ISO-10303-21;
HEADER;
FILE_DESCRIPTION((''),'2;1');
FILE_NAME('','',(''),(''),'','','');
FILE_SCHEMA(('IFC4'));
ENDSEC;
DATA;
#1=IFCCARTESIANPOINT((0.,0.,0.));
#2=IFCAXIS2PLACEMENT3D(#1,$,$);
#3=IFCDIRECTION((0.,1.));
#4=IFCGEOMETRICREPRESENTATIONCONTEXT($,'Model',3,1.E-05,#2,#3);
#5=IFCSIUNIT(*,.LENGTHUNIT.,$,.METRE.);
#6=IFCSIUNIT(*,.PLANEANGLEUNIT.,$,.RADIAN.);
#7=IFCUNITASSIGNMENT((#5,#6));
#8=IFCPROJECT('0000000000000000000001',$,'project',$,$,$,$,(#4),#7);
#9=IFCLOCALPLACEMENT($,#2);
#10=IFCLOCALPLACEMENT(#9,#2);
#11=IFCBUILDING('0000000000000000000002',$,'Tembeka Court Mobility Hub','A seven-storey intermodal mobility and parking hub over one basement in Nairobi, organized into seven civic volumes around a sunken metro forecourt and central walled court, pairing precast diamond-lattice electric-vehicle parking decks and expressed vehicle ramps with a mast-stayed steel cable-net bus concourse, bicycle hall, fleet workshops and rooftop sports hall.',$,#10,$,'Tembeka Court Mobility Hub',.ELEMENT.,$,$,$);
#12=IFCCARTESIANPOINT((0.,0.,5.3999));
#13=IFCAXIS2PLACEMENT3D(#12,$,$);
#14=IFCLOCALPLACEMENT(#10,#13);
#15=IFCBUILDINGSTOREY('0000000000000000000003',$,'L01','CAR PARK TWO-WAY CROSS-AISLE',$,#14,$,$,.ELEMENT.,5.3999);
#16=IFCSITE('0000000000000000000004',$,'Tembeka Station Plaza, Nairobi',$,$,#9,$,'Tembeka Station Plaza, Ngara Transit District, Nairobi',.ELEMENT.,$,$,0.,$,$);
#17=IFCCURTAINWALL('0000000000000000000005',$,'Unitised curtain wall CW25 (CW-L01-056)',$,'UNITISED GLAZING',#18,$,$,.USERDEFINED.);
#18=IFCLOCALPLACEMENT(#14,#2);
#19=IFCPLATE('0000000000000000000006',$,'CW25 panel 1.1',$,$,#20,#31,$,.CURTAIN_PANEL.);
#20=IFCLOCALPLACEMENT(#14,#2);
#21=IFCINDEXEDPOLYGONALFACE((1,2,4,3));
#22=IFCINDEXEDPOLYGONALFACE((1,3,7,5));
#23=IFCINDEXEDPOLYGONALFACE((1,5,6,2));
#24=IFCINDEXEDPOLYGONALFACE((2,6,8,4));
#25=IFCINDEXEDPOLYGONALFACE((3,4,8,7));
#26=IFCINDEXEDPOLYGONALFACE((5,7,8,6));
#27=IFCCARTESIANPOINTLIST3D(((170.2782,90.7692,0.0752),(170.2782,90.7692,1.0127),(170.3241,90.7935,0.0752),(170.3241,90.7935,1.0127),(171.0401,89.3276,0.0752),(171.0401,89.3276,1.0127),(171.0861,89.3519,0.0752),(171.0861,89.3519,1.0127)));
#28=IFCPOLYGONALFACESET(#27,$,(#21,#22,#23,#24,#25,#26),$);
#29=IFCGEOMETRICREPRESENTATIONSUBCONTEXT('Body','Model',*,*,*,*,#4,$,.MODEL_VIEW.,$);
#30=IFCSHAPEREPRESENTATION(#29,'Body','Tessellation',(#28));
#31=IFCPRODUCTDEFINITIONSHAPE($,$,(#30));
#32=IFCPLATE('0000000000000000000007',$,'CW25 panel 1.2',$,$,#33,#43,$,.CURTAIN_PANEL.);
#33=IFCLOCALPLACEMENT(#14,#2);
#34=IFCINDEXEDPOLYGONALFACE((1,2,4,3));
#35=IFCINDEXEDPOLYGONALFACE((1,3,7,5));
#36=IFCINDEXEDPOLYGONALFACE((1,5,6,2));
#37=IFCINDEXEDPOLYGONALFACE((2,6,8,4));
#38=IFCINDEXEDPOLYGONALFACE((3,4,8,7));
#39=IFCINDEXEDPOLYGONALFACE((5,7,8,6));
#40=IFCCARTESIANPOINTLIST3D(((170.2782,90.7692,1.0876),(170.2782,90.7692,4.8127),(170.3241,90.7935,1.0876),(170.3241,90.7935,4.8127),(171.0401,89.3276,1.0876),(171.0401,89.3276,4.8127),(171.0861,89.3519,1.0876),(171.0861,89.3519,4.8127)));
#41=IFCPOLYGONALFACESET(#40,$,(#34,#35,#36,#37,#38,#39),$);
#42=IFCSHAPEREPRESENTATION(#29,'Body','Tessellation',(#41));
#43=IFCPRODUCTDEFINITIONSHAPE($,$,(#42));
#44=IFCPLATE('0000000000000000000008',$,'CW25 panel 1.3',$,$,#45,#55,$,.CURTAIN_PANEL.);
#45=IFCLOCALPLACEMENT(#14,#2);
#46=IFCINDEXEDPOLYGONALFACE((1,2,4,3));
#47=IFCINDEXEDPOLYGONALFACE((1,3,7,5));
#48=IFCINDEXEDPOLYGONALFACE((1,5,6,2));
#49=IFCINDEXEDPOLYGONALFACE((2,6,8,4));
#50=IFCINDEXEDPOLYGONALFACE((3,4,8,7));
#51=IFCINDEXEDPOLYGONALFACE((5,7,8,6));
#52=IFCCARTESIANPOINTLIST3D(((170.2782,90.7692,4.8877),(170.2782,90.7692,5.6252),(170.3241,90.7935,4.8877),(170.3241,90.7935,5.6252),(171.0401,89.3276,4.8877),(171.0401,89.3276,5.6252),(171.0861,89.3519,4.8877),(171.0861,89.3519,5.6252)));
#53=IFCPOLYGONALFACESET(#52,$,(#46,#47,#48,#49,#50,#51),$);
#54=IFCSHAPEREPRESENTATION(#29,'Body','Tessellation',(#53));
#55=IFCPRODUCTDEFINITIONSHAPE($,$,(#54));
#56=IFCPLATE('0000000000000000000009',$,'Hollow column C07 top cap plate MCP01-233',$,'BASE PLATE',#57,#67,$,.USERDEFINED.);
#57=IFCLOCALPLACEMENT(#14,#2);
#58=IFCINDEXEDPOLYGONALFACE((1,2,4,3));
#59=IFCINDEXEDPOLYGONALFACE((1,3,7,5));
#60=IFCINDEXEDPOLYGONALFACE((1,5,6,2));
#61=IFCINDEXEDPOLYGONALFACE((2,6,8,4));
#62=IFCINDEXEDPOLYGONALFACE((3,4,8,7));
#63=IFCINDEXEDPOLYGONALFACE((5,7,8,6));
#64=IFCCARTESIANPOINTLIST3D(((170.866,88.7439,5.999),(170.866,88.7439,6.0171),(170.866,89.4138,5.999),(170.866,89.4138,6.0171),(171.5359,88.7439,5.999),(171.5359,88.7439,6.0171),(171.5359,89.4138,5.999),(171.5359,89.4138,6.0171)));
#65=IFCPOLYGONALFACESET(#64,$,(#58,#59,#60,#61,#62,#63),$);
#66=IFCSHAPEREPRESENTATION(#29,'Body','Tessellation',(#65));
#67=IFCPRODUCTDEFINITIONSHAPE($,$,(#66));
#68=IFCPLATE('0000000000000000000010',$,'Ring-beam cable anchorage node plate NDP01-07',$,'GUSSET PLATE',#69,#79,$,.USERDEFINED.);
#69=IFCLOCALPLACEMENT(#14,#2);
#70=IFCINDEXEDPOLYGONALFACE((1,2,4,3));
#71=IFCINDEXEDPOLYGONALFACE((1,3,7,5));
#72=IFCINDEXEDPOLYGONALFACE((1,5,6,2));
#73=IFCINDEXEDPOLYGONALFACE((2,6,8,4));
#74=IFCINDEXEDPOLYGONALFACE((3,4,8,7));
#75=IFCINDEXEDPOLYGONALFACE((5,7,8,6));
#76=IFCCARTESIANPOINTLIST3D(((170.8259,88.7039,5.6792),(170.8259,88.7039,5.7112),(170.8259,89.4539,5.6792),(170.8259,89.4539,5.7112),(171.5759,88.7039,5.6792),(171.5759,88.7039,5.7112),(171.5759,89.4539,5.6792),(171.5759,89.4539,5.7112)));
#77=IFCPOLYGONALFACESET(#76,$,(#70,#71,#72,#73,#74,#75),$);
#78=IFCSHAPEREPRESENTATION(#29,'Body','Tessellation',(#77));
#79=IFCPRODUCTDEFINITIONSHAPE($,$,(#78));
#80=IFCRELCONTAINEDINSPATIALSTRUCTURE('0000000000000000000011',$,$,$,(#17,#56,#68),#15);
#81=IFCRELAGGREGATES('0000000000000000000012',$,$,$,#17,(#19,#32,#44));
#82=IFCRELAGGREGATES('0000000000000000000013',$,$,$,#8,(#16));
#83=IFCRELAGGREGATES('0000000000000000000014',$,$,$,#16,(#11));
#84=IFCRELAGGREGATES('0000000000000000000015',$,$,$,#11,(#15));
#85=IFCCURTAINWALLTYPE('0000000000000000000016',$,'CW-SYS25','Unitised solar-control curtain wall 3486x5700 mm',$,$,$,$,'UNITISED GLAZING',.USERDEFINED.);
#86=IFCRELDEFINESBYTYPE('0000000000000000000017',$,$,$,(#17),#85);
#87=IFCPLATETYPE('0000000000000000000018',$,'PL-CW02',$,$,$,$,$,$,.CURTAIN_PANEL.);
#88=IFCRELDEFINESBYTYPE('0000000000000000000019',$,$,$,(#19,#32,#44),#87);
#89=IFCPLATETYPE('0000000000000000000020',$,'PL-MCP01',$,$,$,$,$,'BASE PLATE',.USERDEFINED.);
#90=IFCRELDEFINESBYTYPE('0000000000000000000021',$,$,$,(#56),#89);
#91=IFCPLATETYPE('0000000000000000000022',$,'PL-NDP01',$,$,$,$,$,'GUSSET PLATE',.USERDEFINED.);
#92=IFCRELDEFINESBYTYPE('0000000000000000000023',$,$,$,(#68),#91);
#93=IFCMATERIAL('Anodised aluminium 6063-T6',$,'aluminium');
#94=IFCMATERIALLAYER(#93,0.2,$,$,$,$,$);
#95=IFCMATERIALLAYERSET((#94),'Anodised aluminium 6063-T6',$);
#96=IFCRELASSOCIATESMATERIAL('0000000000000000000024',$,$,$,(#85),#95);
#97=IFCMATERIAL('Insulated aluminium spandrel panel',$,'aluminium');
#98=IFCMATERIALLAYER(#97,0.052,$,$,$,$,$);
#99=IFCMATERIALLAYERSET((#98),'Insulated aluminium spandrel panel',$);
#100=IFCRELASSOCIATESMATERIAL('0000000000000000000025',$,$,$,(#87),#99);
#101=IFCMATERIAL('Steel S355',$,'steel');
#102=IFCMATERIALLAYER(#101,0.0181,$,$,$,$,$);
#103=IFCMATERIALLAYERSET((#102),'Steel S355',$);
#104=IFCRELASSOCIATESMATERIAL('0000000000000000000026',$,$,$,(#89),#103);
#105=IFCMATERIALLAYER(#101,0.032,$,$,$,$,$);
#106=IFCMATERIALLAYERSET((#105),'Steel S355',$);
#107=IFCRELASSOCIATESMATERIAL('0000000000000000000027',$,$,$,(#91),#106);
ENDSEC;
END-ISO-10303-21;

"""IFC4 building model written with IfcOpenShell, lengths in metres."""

from ifc_helpers import new_model, si_unit, direction, frame, origin, origin_2d, place, context, subcontext, project, spatial, rectangle, extrude, material, layer, layer_set, type_object, element, aggregate, save


model = new_model("IFC4")

# Units and contexts
model_context = context("Model", 3, precision=1e-05, world=origin(), true_north=direction((0.0, 1.0)))
body_context = subcontext(model_context, "Body", "Model", "MODEL_VIEW")
ifc_project = project(units=[si_unit("LENGTHUNIT", "METRE"), si_unit("PLANEANGLEUNIT", "RADIAN")], contexts=[model_context])

# Site, building, storey
site_placement = place(None, origin())
site = spatial("IfcSite", under=ifc_project, at=site_placement, Name="Tembeka Station Plaza, Nairobi", LongName="Tembeka Station Plaza, Ngara Transit District, Nairobi", CompositionType="ELEMENT", RefElevation=0.0)
building_placement = place(site_placement, origin())
building = spatial("IfcBuilding", under=site, at=building_placement, Name="Tembeka Court Mobility Hub", Description="A seven-storey intermodal mobility and parking hub over one basement in Nairobi, organized into seven civic volumes around a sunken metro forecourt and central walled court, pairing precast diamond-lattice electric-vehicle parking decks and expressed vehicle ramps with a mast-stayed steel cable-net bus concourse, bicycle hall, fleet workshops and rooftop sports hall.", LongName="Tembeka Court Mobility Hub", CompositionType="ELEMENT")
storey_placement = place(building_placement, frame((0.0, 0.0, 5.3999)))
storey = spatial("IfcBuildingStorey", under=building, at=storey_placement, Name="L01", Description="CAR PARK TWO-WAY CROSS-AISLE", CompositionType="ELEMENT", Elevation=5.3999)

# Shared definitions
ifc_material_1 = material(Name="Steel S355", Category="steel")

# Shared definitions
ifc_material_2 = material(Name="Anodised aluminium 6063-T6", Category="aluminium")
ifc_layer_1 = layer(ifc_material_2, 0.2)
ifc_layer_set_1 = layer_set([ifc_layer_1], Name="Anodised aluminium 6063-T6")
curtain_wall_type = type_object("IfcCurtainWallType", Name="CW-SYS25", Description="Unitised solar-control curtain wall 3486x5700 mm", ElementType="UNITISED GLAZING", PredefinedType="USERDEFINED", material=ifc_layer_set_1)

# Curtain wall
curtain_wall_1_placement = place(storey_placement, origin())
curtain_wall_1 = element("IfcCurtainWall", 1, at=curtain_wall_1_placement, inside=storey, type_object=curtain_wall_type, Name="Unitised curtain wall CW25 (CW-L01-056)", ObjectType="UNITISED GLAZING", PredefinedType="USERDEFINED")

# Plates
ifc_material_3 = material(Name="Insulated aluminium spandrel panel", Category="aluminium")
ifc_layer_2 = layer(ifc_material_3, 0.052)
ifc_layer_set_2 = layer_set([ifc_layer_2], Name="Insulated aluminium spandrel panel")
plate_type_1 = type_object("IfcPlateType", Name="PL-CW02", PredefinedType="CURTAIN_PANEL", material=ifc_layer_set_2)
plate_1_placement = place(storey_placement, frame((170.6821, 90.0605, 0.0752), z_axis=(0.0, 0.0, 1.0), x_axis=(-0.467283, 0.884108, 0.0)))
plate_1 = element("IfcPlate", 2, at=plate_1_placement, type_object=plate_type_1, Name="CW25 panel 1.1", PredefinedType="CURTAIN_PANEL", context=body_context, shape_type="SweptSolid", body=[
    extrude(rectangle(XDim=1.6306, YDim=0.052, at=origin_2d()), origin(), (0.0, 0.0, 1.0), 0.9375),
])
plate_2_placement = place(storey_placement, frame((170.6821, 90.0605, 1.0876), z_axis=(0.0, 0.0, 1.0), x_axis=(-0.467283, 0.884108, 0.0)))
plate_2 = element("IfcPlate", 3, at=plate_2_placement, type_object=plate_type_1, Name="CW25 panel 1.2", PredefinedType="CURTAIN_PANEL", context=body_context, shape_type="SweptSolid", body=[
    extrude(rectangle(XDim=1.6306, YDim=0.052, at=origin_2d()), origin(), (0.0, 0.0, 1.0), 3.7251),
])
plate_3_placement = place(storey_placement, frame((170.6821, 90.0605, 4.8877), z_axis=(0.0, 0.0, 1.0), x_axis=(-0.467283, 0.884108, 0.0)))
plate_3 = element("IfcPlate", 4, at=plate_3_placement, type_object=plate_type_1, Name="CW25 panel 1.3", PredefinedType="CURTAIN_PANEL", context=body_context, shape_type="SweptSolid", body=[
    extrude(rectangle(XDim=1.6306, YDim=0.052, at=origin_2d()), origin(), (0.0, 0.0, 1.0), 0.7375),
])
aggregate(curtain_wall_1, [plate_1, plate_2, plate_3])

# Plates
ifc_layer_3 = layer(ifc_material_1, 0.0181)
ifc_layer_set_3 = layer_set([ifc_layer_3], Name="Steel S355")
plate_type_2 = type_object("IfcPlateType", Name="PL-MCP01", ElementType="BASE PLATE", PredefinedType="USERDEFINED", material=ifc_layer_set_3)
plate_4_placement = place(storey_placement, frame((171.2009, 89.0789, 5.999), z_axis=(0.0, 0.0, 1.0), x_axis=(1.0, 0.0, 0.0)))
element("IfcPlate", 5, at=plate_4_placement, inside=storey, type_object=plate_type_2, Name="Hollow column C07 top cap plate MCP01-233", ObjectType="BASE PLATE", PredefinedType="USERDEFINED", context=body_context, shape_type="SweptSolid", body=[
    extrude(rectangle(XDim=0.6699, YDim=0.6699, at=origin_2d()), origin(), (0.0, 0.0, 1.0), 0.0181),
])
ifc_layer_4 = layer(ifc_material_1, 0.032)
ifc_layer_set_4 = layer_set([ifc_layer_4], Name="Steel S355")
plate_type_3 = type_object("IfcPlateType", Name="PL-NDP01", ElementType="GUSSET PLATE", PredefinedType="USERDEFINED", material=ifc_layer_set_4)
plate_5_placement = place(storey_placement, frame((171.2009, 89.0789, 5.6792), z_axis=(0.0, 0.0, 1.0), x_axis=(1.0, 0.0, 0.0)))
element("IfcPlate", 6, at=plate_5_placement, inside=storey, type_object=plate_type_3, Name="Ring-beam cable anchorage node plate NDP01-07", ObjectType="GUSSET PLATE", PredefinedType="USERDEFINED", context=body_context, shape_type="SweptSolid", body=[
    extrude(rectangle(XDim=0.75, YDim=0.75, at=origin_2d()), origin(), (0.0, 0.0, 1.0), 0.032),
])

save(model, "model.ifc")
